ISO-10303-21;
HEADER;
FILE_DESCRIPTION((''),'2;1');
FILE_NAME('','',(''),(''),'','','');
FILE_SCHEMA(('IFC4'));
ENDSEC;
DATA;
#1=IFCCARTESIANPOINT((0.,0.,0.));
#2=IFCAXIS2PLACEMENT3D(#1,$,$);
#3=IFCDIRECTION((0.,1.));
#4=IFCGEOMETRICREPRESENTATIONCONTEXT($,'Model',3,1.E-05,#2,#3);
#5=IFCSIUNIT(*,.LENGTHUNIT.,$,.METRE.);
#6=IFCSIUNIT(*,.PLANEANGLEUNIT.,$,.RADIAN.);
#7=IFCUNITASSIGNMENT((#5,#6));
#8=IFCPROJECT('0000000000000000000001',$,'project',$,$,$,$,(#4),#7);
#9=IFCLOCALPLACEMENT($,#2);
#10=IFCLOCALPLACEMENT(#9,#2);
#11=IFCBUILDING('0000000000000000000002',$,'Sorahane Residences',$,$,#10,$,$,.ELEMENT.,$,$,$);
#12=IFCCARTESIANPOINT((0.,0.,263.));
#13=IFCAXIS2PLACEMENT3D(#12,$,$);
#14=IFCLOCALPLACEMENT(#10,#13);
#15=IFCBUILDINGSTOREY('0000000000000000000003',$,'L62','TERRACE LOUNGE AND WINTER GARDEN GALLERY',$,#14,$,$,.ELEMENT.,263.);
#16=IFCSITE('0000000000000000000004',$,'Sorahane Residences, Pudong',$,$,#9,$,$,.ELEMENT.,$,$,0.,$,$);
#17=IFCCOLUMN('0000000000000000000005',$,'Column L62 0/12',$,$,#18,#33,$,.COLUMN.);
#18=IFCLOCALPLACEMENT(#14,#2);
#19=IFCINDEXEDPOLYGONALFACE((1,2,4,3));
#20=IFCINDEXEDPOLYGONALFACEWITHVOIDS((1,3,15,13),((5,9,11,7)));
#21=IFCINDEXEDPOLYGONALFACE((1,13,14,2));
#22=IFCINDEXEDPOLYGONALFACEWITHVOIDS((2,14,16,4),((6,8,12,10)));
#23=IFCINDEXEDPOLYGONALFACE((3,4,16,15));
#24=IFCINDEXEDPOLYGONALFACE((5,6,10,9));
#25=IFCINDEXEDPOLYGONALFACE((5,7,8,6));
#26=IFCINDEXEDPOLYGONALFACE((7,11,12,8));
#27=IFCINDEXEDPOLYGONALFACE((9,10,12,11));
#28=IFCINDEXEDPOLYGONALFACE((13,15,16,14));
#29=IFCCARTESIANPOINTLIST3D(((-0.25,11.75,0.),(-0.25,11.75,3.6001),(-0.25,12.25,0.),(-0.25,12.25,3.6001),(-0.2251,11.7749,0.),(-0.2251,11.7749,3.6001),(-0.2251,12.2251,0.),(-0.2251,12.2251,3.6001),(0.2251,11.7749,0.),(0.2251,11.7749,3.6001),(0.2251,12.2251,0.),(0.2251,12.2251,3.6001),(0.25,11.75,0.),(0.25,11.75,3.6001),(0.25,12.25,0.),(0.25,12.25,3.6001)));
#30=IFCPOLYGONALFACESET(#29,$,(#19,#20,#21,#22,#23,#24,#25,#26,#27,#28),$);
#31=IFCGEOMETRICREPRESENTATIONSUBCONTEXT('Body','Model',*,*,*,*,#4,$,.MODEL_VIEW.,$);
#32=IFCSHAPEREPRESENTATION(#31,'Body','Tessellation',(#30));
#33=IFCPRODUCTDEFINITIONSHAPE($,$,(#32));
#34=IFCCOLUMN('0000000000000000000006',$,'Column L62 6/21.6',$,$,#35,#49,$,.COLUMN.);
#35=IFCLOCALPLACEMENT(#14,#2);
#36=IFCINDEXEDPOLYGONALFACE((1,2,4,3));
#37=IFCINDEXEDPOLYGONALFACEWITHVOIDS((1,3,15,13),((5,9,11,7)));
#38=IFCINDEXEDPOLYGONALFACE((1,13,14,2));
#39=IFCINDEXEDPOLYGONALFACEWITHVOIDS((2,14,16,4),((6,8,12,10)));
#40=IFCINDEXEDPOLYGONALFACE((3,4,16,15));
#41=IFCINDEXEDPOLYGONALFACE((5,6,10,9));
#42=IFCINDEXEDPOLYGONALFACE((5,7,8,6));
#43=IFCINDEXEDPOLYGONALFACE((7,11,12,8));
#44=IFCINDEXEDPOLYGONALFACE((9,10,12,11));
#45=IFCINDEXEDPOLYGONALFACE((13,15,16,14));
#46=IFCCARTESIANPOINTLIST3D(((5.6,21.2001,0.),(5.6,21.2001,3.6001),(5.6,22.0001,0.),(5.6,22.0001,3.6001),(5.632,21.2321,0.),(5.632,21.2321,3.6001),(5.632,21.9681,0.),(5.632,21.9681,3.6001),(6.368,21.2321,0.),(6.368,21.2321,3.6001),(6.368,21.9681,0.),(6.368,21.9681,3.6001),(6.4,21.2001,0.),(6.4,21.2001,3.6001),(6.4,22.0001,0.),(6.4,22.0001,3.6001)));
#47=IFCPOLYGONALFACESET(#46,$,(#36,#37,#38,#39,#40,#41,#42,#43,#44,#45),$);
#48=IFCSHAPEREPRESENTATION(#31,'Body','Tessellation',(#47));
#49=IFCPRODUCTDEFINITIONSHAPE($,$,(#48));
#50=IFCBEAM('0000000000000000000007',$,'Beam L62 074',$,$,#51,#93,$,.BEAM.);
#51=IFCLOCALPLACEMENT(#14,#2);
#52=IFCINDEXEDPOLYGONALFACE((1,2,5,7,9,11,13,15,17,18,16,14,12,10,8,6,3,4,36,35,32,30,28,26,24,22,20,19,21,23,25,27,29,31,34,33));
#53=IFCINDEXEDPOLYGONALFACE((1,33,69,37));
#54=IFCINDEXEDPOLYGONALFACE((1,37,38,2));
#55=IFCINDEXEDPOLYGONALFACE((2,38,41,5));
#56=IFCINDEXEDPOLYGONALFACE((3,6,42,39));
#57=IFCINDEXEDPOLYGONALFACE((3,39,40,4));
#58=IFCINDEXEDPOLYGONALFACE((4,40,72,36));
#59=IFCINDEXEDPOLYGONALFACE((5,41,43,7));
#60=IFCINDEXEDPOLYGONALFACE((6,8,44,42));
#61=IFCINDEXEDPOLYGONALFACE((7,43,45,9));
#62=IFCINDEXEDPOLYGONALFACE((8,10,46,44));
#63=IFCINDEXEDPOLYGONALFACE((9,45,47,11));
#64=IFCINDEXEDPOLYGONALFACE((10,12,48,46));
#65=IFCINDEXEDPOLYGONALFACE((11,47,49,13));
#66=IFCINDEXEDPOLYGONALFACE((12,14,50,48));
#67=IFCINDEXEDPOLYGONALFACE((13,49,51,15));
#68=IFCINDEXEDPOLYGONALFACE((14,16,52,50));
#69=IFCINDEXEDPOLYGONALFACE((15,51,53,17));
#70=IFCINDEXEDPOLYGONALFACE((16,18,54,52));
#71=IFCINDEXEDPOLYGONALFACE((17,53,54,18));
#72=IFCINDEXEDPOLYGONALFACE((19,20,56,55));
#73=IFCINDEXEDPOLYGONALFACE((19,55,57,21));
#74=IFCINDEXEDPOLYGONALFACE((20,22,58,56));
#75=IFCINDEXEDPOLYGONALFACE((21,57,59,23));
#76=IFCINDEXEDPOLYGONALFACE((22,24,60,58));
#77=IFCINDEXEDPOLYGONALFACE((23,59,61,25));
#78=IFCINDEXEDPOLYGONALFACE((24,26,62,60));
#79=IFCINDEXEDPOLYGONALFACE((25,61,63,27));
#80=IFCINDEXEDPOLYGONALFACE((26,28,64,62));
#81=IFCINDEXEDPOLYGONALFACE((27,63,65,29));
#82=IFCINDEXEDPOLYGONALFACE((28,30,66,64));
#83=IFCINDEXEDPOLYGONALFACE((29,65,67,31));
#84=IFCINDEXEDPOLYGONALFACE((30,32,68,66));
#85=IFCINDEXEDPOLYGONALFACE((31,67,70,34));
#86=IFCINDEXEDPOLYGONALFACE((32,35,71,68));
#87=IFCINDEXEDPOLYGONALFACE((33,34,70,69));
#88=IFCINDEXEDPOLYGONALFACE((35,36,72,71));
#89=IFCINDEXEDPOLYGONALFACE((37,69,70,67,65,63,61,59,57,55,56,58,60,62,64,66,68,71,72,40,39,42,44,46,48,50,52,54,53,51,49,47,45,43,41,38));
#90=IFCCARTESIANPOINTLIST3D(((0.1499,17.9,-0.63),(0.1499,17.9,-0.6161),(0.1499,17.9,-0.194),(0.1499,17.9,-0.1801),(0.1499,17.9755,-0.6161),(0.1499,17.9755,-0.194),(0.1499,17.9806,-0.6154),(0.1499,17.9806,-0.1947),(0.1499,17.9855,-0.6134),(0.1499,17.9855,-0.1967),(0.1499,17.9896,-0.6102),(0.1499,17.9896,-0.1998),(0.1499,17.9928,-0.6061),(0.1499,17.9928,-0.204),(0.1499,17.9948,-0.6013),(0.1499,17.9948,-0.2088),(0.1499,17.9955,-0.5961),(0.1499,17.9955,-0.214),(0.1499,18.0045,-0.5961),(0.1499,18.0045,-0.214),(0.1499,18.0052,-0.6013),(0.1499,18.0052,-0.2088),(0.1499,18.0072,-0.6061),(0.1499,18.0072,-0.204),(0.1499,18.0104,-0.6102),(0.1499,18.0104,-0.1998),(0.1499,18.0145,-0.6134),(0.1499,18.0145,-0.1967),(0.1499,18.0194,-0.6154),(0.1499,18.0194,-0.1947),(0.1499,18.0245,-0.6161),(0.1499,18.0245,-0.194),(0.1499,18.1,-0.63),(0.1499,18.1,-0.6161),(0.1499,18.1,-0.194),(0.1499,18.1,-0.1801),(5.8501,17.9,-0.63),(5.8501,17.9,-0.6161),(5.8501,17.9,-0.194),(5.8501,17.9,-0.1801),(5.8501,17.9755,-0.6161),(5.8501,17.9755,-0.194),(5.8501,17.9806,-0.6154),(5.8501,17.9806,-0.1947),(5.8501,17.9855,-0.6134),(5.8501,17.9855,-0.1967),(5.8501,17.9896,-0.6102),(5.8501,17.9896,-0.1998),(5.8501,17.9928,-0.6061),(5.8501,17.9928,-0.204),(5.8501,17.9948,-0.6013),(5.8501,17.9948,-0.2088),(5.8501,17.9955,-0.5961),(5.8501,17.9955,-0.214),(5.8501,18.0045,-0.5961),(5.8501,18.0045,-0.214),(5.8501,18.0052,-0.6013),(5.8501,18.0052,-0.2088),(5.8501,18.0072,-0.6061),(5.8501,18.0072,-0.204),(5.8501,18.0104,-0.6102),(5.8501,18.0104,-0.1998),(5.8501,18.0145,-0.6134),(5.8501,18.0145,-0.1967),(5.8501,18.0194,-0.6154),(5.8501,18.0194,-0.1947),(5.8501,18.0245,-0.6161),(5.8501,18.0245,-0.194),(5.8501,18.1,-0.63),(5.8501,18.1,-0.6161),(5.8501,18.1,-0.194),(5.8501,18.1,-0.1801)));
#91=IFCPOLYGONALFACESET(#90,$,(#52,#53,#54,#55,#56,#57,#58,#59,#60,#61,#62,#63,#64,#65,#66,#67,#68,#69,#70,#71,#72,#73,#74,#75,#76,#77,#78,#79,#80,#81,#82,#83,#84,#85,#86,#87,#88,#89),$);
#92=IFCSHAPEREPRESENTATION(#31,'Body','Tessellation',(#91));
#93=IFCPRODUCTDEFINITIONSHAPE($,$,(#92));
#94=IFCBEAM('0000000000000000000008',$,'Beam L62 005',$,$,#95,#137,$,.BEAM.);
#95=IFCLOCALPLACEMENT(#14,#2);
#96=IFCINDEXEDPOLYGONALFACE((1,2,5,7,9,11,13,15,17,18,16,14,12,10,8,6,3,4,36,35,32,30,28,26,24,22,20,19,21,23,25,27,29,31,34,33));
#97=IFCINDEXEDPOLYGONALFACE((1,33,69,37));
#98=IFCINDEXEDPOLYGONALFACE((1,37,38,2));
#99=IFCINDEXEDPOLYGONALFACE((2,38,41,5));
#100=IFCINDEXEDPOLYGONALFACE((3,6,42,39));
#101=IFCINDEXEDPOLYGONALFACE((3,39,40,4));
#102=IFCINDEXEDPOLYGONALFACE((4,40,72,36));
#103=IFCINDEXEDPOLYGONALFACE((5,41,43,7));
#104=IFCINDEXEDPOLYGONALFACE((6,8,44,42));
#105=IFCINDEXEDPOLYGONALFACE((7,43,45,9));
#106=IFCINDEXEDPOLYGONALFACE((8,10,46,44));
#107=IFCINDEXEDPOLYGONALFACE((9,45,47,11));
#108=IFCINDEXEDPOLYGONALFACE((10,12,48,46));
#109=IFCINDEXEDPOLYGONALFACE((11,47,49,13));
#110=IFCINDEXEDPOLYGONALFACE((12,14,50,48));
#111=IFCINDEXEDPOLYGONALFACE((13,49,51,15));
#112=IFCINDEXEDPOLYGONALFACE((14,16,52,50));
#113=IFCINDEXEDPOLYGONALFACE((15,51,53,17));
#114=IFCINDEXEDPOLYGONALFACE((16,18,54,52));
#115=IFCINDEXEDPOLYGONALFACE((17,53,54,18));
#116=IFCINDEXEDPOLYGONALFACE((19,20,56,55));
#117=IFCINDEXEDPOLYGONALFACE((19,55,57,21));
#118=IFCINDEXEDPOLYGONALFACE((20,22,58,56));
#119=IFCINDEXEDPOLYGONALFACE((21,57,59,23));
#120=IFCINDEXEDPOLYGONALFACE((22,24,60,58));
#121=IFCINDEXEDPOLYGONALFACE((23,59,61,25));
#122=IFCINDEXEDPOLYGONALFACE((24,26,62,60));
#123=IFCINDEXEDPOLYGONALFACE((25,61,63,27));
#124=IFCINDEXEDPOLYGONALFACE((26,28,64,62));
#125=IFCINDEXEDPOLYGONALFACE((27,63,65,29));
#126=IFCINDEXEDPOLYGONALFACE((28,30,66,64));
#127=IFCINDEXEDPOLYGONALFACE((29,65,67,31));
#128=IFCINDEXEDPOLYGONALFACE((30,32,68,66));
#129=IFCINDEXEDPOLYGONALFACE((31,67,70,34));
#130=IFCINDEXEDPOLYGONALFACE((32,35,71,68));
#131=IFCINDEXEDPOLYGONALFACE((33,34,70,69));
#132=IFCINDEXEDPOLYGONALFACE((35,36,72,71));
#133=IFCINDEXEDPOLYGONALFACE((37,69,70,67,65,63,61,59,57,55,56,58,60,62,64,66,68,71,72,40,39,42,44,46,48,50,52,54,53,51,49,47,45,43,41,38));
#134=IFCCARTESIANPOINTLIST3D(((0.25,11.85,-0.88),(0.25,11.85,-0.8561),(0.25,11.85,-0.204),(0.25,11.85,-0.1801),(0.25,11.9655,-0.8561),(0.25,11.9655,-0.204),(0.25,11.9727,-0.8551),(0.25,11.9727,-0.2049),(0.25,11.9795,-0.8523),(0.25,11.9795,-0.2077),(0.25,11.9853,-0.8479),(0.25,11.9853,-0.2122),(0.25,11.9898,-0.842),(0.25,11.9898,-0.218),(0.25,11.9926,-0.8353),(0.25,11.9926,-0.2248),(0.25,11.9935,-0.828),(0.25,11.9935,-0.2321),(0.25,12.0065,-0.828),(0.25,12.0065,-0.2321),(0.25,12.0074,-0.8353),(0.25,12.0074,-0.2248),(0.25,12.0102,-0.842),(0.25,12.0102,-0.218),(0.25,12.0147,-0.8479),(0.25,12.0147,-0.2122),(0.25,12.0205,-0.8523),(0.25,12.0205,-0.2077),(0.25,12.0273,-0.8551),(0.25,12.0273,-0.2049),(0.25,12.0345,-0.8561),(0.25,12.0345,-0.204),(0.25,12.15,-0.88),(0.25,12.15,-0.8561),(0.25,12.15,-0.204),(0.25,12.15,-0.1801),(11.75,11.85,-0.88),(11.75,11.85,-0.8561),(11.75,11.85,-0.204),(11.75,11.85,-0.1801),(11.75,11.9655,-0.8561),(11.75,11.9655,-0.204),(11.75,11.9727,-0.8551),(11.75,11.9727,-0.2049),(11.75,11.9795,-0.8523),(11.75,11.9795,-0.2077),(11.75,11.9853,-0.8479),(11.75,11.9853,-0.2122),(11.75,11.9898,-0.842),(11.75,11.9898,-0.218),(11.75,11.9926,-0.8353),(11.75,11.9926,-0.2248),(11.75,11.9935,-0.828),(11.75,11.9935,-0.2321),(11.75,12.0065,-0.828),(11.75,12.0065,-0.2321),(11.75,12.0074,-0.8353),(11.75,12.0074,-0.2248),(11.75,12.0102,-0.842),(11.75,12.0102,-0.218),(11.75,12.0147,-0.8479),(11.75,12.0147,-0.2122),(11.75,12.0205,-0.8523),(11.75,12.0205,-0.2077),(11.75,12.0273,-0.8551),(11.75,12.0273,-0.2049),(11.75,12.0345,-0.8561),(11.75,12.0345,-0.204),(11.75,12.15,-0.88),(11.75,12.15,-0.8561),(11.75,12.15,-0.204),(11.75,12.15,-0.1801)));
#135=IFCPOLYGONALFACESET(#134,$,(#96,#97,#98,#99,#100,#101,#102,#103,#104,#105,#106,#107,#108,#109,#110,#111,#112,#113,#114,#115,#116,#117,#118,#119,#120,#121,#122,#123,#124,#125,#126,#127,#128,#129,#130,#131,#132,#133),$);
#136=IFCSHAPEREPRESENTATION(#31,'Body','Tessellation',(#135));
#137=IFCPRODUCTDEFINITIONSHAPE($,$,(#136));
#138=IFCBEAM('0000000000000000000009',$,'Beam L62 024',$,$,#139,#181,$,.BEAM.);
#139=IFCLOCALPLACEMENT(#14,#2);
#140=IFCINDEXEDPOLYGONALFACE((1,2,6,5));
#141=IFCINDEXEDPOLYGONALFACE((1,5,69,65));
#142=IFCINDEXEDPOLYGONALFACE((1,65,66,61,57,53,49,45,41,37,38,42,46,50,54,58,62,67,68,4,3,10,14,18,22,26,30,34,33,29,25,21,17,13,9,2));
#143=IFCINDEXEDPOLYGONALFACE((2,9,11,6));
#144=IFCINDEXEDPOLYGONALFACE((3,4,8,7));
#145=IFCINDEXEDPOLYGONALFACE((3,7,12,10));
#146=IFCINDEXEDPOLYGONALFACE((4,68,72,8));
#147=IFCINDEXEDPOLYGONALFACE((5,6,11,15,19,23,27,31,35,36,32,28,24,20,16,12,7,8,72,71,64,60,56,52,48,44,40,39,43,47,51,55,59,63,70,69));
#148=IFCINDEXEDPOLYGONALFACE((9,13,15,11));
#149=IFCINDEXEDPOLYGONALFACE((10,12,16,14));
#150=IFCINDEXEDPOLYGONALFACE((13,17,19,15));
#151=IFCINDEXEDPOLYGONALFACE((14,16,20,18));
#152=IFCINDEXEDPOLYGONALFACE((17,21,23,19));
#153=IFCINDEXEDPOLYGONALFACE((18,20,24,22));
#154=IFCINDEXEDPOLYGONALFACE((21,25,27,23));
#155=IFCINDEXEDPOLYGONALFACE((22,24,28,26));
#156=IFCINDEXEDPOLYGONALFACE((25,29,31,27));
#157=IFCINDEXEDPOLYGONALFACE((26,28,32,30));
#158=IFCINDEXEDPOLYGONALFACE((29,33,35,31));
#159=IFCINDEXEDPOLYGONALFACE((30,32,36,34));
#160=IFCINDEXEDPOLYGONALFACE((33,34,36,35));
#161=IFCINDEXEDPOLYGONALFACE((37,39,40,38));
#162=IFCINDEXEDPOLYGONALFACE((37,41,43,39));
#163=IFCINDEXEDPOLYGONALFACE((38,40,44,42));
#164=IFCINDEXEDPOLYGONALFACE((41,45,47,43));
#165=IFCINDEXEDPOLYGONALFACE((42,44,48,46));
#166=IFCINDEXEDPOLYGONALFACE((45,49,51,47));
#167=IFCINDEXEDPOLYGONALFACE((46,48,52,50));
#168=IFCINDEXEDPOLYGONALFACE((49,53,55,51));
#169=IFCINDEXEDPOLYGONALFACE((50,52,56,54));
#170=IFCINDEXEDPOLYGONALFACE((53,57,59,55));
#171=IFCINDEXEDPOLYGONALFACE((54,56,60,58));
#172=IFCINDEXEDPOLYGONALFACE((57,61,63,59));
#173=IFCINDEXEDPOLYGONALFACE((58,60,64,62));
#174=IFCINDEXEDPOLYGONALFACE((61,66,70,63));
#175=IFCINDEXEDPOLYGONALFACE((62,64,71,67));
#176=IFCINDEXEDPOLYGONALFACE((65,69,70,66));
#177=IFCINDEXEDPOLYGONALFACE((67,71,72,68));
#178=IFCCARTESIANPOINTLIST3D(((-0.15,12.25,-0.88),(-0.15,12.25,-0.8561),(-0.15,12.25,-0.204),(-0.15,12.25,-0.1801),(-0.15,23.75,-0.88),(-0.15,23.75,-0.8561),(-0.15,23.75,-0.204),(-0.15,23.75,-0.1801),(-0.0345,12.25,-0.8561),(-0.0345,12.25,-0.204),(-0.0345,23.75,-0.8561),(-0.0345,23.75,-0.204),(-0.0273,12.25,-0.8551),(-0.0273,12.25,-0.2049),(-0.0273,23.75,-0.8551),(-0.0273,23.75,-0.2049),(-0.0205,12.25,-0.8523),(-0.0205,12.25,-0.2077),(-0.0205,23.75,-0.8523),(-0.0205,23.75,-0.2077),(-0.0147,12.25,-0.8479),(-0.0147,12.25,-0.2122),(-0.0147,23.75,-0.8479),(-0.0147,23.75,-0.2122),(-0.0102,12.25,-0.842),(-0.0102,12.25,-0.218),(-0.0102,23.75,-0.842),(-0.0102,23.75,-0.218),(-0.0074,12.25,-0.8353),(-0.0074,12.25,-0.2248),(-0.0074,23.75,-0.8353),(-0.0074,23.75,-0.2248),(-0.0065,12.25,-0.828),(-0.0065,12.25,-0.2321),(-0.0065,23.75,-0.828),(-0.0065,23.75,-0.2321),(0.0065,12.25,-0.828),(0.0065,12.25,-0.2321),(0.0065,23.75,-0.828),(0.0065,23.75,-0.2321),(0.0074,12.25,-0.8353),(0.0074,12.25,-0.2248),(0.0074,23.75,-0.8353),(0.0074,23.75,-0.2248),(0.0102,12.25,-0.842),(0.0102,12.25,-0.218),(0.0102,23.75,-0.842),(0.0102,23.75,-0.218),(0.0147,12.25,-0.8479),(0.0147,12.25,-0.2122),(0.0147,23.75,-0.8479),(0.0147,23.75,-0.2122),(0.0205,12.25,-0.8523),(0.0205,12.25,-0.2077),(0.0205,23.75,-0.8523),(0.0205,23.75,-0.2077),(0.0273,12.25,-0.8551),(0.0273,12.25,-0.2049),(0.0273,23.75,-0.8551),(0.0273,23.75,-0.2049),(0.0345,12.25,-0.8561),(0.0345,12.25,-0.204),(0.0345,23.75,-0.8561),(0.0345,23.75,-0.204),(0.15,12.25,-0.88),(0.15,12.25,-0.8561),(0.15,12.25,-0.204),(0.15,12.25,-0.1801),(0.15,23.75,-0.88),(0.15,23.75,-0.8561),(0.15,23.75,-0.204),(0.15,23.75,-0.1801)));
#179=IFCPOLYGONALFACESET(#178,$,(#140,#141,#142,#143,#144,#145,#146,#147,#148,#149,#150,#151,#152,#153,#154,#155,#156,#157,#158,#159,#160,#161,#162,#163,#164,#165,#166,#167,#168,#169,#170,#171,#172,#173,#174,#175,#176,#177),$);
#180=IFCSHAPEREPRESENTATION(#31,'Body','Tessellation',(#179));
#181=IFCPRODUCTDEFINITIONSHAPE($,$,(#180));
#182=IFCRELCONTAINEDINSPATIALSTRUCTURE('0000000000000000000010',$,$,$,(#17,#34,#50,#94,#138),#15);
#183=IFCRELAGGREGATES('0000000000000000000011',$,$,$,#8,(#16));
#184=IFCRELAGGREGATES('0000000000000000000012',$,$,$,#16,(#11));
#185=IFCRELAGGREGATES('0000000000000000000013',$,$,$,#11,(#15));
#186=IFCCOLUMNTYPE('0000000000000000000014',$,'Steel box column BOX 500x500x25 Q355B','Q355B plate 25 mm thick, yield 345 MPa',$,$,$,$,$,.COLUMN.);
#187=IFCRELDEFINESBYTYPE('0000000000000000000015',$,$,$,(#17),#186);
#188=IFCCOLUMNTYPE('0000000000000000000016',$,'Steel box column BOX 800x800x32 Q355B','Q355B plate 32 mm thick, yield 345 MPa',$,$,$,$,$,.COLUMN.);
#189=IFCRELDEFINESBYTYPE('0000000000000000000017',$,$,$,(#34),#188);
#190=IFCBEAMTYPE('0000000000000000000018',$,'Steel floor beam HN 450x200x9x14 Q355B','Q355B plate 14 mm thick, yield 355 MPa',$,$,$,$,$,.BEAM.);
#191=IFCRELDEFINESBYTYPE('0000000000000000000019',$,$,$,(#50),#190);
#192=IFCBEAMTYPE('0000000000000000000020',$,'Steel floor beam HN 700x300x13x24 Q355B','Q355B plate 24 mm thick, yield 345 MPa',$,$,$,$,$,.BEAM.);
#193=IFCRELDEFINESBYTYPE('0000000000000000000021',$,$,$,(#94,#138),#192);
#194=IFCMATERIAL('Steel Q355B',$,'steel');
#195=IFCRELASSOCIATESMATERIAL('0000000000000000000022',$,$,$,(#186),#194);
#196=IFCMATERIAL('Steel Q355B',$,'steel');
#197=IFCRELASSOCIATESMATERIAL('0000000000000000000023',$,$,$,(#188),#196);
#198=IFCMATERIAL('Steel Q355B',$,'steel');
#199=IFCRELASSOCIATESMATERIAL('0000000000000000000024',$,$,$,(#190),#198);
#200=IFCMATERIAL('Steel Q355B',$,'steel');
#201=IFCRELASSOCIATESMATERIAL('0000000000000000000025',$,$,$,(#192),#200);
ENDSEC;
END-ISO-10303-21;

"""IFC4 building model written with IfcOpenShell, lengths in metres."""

from ifc_helpers import new_model, si_unit, direction, frame, origin, origin_2d, place, context, subcontext, project, spatial, hollow_rectangle, i_section, extrude, material, material_profile, profile_set, type_object, element, save


model = new_model("IFC4")

# Units and contexts
model_context = context("Model", 3, precision=1e-05, world=origin(), true_north=direction((0.0, 1.0)))
body_context = subcontext(model_context, "Body", "Model", "MODEL_VIEW")
ifc_project = project(units=[si_unit("LENGTHUNIT", "METRE"), si_unit("PLANEANGLEUNIT", "RADIAN")], contexts=[model_context])

# Site, building, storey
site_placement = place(None, origin())
site = spatial("IfcSite", under=ifc_project, at=site_placement, Name="Sorahane Residences, Pudong", CompositionType="ELEMENT", RefElevation=0.0)
building_placement = place(site_placement, origin())
building = spatial("IfcBuilding", under=site, at=building_placement, Name="Sorahane Residences", CompositionType="ELEMENT")
storey_placement = place(building_placement, frame((0.0, 0.0, 263.0)))
storey = spatial("IfcBuildingStorey", under=building, at=storey_placement, Name="L62", Description="TERRACE LOUNGE AND WINTER GARDEN GALLERY", CompositionType="ELEMENT", Elevation=263.0)

# Columns
ifc_material_1 = material(Name="Steel Q355B", Category="steel")
ifc_material_profile_1 = material_profile(ifc_material_1, hollow_rectangle(XDim=0.5, YDim=0.5, WallThickness=0.0249, at=origin_2d()), Name="BOX 500x500x25")
ifc_profile_set_1 = profile_set([ifc_material_profile_1], Name="Steel Q355B")
column_type_1 = type_object("IfcColumnType", Name="Steel box column BOX 500x500x25 Q355B", Description="Q355B plate 25 mm thick, yield 345 MPa", PredefinedType="COLUMN", material=ifc_profile_set_1)
column_1_placement = place(storey_placement, frame((0.0, 12.0, 0.0), z_axis=(0.0, 0.0, 1.0), x_axis=(1.0, 0.0, 0.0)))
element("IfcColumn", 1, at=column_1_placement, inside=storey, type_object=column_type_1, Name="Column L62 0/12", PredefinedType="COLUMN", context=body_context, shape_type="SweptSolid", body=[
    extrude(hollow_rectangle(XDim=0.5, YDim=0.5, WallThickness=0.0249, at=origin_2d()), origin(), (0.0, 0.0, 1.0), 3.6001),
])
ifc_material_2 = material(Name="Steel Q355B", Category="steel")
ifc_material_profile_2 = material_profile(ifc_material_2, hollow_rectangle(XDim=0.8, YDim=0.8, WallThickness=0.032, at=origin_2d()), Name="BOX 800x800x32")
ifc_profile_set_2 = profile_set([ifc_material_profile_2], Name="Steel Q355B")
column_type_2 = type_object("IfcColumnType", Name="Steel box column BOX 800x800x32 Q355B", Description="Q355B plate 32 mm thick, yield 345 MPa", PredefinedType="COLUMN", material=ifc_profile_set_2)
column_2_placement = place(storey_placement, frame((6.0, 21.6001, 0.0), z_axis=(0.0, 0.0, 1.0), x_axis=(1.0, 0.0, 0.0)))
element("IfcColumn", 2, at=column_2_placement, inside=storey, type_object=column_type_2, Name="Column L62 6/21.6", PredefinedType="COLUMN", context=body_context, shape_type="SweptSolid", body=[
    extrude(hollow_rectangle(XDim=0.8, YDim=0.8, WallThickness=0.032, at=origin_2d()), origin(), (0.0, 0.0, 1.0), 3.6001),
])

# Beams
ifc_material_3 = material(Name="Steel Q355B", Category="steel")
ifc_material_profile_3 = material_profile(ifc_material_3, i_section(OverallWidth=0.2, OverallDepth=0.45, WebThickness=0.009, FlangeThickness=0.0139, FilletRadius=0.02, at=origin_2d()), Name="HN 450x200x9x14")
ifc_profile_set_3 = profile_set([ifc_material_profile_3], Name="Steel Q355B")
beam_type_1 = type_object("IfcBeamType", Name="Steel floor beam HN 450x200x9x14 Q355B", Description="Q355B plate 14 mm thick, yield 355 MPa", PredefinedType="BEAM", material=ifc_profile_set_3)
beam_1_placement = place(storey_placement, frame((0.1499, 18.0, -0.405), z_axis=(1.0, 0.0, 0.0), x_axis=(0.0, 1.0, 0.0)))
element("IfcBeam", 3, at=beam_1_placement, inside=storey, type_object=beam_type_1, Name="Beam L62 074", PredefinedType="BEAM", context=body_context, shape_type="SweptSolid", body=[
    extrude(i_section(OverallWidth=0.2, OverallDepth=0.45, WebThickness=0.009, FlangeThickness=0.0139, FilletRadius=0.02, at=origin_2d()), origin(), (0.0, 0.0, 1.0), 5.7002),
])
ifc_material_4 = material(Name="Steel Q355B", Category="steel")
ifc_material_profile_4 = material_profile(ifc_material_4, i_section(OverallWidth=0.3, OverallDepth=0.7, WebThickness=0.0129, FlangeThickness=0.0239, FilletRadius=0.0281, at=origin_2d()), Name="HN 700x300x13x24")
ifc_profile_set_4 = profile_set([ifc_material_profile_4], Name="Steel Q355B")
beam_type_2 = type_object("IfcBeamType", Name="Steel floor beam HN 700x300x13x24 Q355B", Description="Q355B plate 24 mm thick, yield 345 MPa", PredefinedType="BEAM", material=ifc_profile_set_4)
for number, where, z_axis, x_axis, name in (
    (4, (0.25, 12.0, -0.53), (1.0, 0.0, 0.0), (0.0, 1.0, 0.0), "Beam L62 005"),
    (5, (0.0, 12.25, -0.53), (0.0, 1.0, 0.0), (-1.0, 0.0, 0.0), "Beam L62 024"),
):
    element("IfcBeam", number, at=place(storey_placement, frame(where, z_axis=z_axis, x_axis=x_axis)), inside=storey, type_object=beam_type_2, Name=name, PredefinedType="BEAM", context=body_context, shape_type="SweptSolid", body=[
        extrude(i_section(OverallWidth=0.3, OverallDepth=0.7, WebThickness=0.0129, FlangeThickness=0.0239, FilletRadius=0.0281, at=origin_2d()), origin(), (0.0, 0.0, 1.0), 11.5),
    ])

save(model, "model.ifc")
